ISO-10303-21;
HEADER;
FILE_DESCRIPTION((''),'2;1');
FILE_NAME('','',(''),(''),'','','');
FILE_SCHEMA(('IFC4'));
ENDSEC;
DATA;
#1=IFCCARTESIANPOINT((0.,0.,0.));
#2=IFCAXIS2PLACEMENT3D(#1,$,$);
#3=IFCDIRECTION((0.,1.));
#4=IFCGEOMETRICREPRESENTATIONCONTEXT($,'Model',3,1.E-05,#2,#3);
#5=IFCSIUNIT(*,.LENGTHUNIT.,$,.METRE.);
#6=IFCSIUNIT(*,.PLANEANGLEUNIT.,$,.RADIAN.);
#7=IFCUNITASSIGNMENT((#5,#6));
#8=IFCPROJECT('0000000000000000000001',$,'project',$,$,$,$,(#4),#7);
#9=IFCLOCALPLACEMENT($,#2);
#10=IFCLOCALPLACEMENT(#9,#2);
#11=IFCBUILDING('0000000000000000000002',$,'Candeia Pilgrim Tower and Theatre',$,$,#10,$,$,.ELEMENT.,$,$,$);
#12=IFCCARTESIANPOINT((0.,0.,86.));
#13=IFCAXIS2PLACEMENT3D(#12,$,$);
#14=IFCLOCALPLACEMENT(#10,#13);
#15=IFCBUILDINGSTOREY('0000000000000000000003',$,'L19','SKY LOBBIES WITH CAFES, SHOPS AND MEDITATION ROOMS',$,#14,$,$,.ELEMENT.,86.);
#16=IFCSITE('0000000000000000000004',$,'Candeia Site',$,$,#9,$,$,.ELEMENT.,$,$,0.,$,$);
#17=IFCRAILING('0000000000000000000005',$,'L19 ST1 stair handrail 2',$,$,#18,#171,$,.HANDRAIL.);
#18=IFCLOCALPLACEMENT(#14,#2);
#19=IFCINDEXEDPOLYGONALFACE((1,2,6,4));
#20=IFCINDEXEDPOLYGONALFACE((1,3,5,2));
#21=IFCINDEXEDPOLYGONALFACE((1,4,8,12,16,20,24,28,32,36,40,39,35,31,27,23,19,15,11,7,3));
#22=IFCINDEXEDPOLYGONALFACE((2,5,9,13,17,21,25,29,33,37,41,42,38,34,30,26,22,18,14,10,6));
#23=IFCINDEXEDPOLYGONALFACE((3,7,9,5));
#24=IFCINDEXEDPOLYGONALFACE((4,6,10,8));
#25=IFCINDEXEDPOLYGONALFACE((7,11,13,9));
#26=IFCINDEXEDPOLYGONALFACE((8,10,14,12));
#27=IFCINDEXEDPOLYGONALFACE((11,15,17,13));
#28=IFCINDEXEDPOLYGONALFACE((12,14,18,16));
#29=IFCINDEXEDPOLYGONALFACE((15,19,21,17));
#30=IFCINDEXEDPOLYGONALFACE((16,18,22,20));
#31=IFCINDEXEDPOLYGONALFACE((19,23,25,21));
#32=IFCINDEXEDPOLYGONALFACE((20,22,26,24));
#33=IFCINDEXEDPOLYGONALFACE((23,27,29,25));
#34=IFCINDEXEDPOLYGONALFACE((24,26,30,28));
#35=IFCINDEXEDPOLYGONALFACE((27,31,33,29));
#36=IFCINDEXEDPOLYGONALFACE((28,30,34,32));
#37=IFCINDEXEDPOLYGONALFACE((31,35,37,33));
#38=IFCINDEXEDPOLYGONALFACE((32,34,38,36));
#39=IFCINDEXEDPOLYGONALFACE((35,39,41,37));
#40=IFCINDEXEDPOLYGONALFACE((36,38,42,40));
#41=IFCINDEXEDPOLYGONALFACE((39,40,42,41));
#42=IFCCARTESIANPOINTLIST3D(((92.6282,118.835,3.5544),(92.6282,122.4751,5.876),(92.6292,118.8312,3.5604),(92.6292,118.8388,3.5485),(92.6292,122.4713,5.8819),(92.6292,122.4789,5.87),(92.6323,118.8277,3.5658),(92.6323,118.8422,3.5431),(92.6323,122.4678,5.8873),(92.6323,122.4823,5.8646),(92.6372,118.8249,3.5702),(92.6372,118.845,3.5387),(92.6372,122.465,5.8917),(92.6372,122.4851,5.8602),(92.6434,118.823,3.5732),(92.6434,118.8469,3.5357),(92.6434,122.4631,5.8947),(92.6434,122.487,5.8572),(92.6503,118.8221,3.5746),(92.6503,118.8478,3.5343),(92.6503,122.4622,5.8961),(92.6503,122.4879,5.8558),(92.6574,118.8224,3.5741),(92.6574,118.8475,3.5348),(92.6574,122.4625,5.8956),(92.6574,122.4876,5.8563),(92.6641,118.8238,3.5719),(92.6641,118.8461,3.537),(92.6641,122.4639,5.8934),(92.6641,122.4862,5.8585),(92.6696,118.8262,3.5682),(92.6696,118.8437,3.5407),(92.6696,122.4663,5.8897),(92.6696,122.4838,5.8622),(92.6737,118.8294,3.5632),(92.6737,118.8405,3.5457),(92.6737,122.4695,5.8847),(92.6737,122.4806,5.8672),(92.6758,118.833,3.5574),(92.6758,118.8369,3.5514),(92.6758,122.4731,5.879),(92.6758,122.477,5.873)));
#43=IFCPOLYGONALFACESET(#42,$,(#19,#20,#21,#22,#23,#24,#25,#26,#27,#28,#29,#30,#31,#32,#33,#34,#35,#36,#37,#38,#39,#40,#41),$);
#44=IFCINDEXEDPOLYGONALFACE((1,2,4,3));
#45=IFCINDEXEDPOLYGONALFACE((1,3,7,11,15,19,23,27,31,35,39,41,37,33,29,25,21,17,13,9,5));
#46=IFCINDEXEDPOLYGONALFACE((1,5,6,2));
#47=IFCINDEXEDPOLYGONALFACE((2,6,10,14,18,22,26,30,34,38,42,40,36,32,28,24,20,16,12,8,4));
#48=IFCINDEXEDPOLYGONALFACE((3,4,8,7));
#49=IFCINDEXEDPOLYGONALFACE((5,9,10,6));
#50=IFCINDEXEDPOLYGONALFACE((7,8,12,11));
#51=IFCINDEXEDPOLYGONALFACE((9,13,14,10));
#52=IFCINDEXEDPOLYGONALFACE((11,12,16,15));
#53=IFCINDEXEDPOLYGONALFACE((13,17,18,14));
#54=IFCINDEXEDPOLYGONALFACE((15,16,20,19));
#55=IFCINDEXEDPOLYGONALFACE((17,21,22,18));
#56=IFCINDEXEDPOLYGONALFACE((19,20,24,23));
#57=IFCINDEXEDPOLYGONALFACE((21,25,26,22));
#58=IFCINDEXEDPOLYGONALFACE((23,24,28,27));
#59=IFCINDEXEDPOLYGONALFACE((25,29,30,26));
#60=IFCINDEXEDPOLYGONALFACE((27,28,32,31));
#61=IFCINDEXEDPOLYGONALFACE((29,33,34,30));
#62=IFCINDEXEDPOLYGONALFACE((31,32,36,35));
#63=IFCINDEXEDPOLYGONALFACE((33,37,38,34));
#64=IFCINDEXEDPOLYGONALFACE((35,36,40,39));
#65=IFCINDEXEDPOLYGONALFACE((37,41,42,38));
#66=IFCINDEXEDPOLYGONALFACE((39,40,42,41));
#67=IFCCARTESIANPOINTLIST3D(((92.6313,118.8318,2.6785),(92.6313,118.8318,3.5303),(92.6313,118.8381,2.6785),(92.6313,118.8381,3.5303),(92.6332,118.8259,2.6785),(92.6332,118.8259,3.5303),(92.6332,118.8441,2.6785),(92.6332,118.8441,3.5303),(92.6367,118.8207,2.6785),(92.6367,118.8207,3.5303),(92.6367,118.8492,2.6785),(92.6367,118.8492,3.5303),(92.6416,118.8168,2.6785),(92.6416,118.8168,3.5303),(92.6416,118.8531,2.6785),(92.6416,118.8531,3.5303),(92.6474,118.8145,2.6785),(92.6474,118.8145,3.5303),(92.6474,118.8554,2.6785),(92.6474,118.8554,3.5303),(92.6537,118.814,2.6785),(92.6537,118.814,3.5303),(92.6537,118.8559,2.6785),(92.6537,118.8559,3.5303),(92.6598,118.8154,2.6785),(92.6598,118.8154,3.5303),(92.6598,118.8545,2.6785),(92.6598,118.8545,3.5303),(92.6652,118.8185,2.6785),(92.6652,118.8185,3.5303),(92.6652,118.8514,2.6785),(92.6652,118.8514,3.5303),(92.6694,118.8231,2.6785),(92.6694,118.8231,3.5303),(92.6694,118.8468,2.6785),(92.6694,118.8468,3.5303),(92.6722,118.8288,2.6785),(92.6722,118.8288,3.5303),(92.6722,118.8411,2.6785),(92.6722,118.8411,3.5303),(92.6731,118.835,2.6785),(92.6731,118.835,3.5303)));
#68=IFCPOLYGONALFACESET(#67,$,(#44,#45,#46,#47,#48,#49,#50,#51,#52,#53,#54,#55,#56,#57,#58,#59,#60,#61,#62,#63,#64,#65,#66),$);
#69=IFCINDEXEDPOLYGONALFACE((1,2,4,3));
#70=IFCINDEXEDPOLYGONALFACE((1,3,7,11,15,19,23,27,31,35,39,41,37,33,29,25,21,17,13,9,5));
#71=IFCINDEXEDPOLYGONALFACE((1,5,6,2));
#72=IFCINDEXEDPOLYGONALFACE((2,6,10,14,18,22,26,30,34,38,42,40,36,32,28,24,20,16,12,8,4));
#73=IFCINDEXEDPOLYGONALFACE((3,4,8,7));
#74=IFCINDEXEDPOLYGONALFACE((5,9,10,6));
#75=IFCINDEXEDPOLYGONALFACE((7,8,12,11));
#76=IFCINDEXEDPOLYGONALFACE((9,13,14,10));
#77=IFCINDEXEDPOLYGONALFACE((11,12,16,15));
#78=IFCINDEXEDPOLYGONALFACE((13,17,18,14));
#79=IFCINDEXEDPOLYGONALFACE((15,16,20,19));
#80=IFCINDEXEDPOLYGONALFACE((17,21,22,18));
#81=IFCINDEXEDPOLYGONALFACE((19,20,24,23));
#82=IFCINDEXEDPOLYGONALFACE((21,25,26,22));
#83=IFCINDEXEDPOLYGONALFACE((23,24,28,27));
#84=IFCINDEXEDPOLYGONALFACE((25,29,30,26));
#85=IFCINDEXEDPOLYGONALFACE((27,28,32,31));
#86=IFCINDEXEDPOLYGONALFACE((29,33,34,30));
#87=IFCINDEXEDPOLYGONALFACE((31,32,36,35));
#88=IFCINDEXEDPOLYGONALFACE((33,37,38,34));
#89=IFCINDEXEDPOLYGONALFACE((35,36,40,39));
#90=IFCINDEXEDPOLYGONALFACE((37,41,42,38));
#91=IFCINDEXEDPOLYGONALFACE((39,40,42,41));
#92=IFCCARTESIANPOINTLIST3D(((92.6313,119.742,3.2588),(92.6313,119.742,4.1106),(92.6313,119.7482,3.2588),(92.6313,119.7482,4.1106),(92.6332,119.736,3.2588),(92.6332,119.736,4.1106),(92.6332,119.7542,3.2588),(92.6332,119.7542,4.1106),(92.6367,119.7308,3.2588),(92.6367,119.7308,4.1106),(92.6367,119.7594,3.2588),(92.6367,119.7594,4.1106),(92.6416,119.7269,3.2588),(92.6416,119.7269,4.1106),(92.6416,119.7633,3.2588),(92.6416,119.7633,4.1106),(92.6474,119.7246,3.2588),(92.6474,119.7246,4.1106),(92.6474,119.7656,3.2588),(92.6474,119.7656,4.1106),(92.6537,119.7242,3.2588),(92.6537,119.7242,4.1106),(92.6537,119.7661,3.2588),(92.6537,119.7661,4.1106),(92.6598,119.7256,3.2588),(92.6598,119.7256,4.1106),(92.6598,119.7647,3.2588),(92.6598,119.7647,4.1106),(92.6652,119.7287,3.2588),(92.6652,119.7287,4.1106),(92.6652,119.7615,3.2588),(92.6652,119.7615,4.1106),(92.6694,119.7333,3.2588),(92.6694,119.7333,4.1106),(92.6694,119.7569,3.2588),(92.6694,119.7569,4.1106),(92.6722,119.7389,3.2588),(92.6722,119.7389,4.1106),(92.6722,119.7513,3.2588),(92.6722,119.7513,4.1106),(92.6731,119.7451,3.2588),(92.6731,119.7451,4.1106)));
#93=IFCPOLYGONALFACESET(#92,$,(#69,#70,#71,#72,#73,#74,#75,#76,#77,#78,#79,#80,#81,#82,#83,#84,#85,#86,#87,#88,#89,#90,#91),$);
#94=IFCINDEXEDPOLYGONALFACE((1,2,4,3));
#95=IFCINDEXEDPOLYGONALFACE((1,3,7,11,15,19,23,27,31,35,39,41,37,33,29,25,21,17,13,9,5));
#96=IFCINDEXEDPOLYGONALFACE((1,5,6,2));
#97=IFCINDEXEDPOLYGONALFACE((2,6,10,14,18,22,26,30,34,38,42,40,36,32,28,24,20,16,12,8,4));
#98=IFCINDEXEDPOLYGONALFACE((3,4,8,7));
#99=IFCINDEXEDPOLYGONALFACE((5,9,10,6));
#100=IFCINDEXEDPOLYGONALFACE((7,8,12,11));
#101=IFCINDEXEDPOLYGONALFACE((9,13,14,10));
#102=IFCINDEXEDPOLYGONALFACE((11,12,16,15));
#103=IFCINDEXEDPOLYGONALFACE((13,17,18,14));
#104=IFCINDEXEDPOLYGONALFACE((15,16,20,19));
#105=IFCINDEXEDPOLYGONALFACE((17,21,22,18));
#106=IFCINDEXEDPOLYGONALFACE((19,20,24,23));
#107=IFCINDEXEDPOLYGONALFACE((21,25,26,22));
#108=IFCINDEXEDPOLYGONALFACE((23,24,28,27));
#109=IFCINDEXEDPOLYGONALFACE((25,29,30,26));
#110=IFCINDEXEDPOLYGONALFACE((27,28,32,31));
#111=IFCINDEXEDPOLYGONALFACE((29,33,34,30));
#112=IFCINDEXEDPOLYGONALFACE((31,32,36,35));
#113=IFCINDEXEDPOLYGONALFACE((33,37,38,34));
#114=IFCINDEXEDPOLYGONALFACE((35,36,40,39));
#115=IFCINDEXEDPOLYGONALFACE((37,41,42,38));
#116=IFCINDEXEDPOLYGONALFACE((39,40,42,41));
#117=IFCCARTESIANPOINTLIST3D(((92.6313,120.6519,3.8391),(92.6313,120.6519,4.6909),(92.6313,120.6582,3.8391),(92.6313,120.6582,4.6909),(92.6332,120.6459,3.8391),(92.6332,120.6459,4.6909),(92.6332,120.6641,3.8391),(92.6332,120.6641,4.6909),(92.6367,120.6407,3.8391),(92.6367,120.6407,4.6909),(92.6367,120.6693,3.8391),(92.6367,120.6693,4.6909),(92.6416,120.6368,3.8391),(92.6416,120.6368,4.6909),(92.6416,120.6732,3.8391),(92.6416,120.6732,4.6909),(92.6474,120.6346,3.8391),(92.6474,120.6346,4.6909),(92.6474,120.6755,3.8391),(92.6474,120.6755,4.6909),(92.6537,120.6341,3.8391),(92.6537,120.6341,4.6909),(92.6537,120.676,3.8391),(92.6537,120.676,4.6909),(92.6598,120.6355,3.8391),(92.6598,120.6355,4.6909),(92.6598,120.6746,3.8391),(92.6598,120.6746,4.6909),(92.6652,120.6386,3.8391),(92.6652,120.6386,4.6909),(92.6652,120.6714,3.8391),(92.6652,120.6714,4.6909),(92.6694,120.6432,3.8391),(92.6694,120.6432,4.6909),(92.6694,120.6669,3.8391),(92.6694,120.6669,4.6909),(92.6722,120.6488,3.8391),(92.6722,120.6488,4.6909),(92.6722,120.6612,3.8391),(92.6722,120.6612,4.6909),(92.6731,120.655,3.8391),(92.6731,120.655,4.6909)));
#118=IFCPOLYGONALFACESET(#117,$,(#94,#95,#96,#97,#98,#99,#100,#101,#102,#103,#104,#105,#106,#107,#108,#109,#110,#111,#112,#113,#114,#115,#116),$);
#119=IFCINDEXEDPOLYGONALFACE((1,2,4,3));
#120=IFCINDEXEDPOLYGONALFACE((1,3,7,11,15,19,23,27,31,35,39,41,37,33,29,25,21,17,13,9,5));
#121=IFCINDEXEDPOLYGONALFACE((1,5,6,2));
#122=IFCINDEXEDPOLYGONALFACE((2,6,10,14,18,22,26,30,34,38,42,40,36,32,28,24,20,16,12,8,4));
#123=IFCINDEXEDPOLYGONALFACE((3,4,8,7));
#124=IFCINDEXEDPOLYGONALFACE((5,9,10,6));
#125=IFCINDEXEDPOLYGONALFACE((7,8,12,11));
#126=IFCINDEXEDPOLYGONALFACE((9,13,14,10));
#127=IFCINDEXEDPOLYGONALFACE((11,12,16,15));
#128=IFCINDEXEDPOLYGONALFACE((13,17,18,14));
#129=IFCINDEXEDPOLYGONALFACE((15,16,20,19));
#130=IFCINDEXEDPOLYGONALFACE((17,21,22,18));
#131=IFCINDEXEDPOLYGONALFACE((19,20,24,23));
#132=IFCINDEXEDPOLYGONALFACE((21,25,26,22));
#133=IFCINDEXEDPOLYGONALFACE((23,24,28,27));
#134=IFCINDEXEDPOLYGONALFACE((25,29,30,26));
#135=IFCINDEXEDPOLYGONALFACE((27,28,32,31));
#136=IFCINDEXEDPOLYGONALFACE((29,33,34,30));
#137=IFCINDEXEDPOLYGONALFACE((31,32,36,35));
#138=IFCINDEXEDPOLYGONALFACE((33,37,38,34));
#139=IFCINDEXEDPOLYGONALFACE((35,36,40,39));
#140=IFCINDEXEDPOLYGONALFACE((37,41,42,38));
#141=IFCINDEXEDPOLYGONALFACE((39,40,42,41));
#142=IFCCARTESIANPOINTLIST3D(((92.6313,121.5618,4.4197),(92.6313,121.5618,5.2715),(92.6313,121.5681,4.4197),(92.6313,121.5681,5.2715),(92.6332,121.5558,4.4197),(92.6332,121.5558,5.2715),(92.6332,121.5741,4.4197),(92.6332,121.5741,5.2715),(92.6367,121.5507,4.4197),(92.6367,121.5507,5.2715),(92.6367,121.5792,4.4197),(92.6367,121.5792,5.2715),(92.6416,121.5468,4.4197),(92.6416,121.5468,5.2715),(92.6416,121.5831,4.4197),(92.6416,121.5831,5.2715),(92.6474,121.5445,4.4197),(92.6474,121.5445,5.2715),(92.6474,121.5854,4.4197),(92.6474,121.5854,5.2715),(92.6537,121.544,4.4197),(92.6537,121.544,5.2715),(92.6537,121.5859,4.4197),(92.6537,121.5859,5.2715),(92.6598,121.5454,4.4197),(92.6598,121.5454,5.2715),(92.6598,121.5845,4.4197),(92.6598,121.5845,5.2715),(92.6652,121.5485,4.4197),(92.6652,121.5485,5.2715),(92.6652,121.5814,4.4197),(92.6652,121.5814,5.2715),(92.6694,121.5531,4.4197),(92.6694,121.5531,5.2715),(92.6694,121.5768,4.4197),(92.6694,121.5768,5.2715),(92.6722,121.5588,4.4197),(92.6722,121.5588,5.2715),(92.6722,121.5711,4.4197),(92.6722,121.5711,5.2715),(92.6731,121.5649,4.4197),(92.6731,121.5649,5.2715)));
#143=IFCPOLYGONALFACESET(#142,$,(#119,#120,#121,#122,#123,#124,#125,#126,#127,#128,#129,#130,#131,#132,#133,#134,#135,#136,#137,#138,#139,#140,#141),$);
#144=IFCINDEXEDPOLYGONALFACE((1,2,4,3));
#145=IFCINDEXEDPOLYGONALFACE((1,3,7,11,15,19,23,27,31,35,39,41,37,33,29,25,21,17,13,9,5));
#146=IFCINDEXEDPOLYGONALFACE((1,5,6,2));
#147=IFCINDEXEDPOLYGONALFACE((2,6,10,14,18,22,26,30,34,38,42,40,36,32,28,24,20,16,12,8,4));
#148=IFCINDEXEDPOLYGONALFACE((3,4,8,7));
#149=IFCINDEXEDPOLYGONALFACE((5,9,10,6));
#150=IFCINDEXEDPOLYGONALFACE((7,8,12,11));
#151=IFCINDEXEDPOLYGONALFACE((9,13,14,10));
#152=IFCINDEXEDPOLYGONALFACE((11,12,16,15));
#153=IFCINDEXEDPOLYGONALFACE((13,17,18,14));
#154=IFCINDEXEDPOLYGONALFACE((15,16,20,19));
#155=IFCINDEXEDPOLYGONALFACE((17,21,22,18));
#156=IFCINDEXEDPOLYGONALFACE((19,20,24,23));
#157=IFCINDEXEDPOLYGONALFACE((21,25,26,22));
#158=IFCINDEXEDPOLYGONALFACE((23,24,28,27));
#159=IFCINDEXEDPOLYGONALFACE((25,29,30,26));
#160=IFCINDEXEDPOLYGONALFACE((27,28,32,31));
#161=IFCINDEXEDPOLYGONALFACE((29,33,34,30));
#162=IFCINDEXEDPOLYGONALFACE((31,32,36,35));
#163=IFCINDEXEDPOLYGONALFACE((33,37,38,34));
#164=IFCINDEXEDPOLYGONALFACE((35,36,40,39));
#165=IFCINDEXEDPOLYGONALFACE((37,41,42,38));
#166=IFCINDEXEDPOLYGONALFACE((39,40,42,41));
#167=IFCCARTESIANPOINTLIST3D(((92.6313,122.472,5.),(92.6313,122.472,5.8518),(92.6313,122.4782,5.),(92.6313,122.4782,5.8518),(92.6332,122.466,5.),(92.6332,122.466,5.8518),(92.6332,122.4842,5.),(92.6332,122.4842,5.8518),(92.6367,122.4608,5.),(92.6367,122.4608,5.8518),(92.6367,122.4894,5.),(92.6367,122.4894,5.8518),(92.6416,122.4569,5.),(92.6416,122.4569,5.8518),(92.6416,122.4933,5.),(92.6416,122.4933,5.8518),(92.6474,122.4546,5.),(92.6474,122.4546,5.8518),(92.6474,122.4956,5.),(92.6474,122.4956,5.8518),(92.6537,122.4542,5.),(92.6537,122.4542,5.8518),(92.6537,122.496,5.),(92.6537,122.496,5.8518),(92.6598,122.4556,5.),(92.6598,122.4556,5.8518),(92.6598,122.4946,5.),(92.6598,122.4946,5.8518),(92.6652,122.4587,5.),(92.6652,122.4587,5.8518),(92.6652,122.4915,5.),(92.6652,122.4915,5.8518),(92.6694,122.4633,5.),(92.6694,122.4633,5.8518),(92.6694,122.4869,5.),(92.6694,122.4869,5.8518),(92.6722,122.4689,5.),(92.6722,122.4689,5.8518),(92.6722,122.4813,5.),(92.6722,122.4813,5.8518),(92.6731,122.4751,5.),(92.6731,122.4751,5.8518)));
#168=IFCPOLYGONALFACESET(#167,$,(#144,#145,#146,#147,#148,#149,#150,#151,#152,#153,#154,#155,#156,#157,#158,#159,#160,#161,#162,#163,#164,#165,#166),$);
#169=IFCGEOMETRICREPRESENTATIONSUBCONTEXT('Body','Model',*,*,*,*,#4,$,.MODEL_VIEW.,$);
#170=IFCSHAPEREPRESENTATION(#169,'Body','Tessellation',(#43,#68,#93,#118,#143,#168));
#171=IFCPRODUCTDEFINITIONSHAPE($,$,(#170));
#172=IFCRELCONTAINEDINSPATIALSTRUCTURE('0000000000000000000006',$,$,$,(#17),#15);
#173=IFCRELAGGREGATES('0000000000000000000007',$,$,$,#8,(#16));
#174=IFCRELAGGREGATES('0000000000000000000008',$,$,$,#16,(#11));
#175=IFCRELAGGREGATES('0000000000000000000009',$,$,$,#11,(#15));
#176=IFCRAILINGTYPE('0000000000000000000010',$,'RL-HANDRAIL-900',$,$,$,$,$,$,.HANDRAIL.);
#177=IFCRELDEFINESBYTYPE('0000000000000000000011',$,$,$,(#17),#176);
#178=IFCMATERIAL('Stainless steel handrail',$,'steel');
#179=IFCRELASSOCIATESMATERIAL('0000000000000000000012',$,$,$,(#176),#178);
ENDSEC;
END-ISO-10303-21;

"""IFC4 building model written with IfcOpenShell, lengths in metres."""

from ifc_helpers import new_model, si_unit, direction, frame, origin, origin_2d, place, context, subcontext, project, spatial, circle, extrude, material, type_object, element, save


model = new_model("IFC4")

# Units and contexts
model_context = context("Model", 3, precision=1e-05, world=origin(), true_north=direction((0.0, 1.0)))
body_context = subcontext(model_context, "Body", "Model", "MODEL_VIEW")
ifc_project = project(units=[si_unit("LENGTHUNIT", "METRE"), si_unit("PLANEANGLEUNIT", "RADIAN")], contexts=[model_context])

# Site, building, storey
site_placement = place(None, origin())
site = spatial("IfcSite", under=ifc_project, at=site_placement, Name="Candeia Site", CompositionType="ELEMENT", RefElevation=0.0)
building_placement = place(site_placement, origin())
building = spatial("IfcBuilding", under=site, at=building_placement, Name="Candeia Pilgrim Tower and Theatre", CompositionType="ELEMENT")
storey_placement = place(building_placement, frame((0.0, 0.0, 86.0)))
storey = spatial("IfcBuildingStorey", under=building, at=storey_placement, Name="L19", Description="SKY LOBBIES WITH CAFES, SHOPS AND MEDITATION ROOMS", CompositionType="ELEMENT", Elevation=86.0)

# Railing
ifc_material_1 = material(Name="Stainless steel handrail", Category="steel")
railing_type = type_object("IfcRailingType", Name="RL-HANDRAIL-900", PredefinedType="HANDRAIL", material=ifc_material_1)
for number, where, name in (
    (1, (92.6521, 118.835, 2.6785), "L19 ST1 stair handrail 2"),
):
    element("IfcRailing", number, at=place(storey_placement, frame(where)), inside=storey, type_object=railing_type, Name=name, PredefinedType="HANDRAIL", context=body_context, shape_type="SweptSolid", body=[
        extrude(circle(Radius=0.0239, at=origin_2d()), frame((0.0, 0.0, 0.876), z_axis=(0.0, 0.843128, 0.537713), x_axis=(-1.0, 0.0, 0.0)), (0.0, 0.0, 1.0), 4.3174),
        extrude(circle(Radius=0.021, at=origin_2d()), origin(), (0.0, 0.0, 1.0), 0.8518),
        extrude(circle(Radius=0.021, at=origin_2d()), frame((0.0, 0.9102, 0.5803)), (0.0, 0.0, 1.0), 0.8518),
        extrude(circle(Radius=0.021, at=origin_2d()), frame((0.0, 1.8201, 1.1606)), (0.0, 0.0, 1.0), 0.8518),
        extrude(circle(Radius=0.021, at=origin_2d()), frame((0.0, 2.73, 1.7412)), (0.0, 0.0, 1.0), 0.8518),
        extrude(circle(Radius=0.021, at=origin_2d()), frame((0.0, 3.6401, 2.3215)), (0.0, 0.0, 1.0), 0.8518),
    ])

save(model, "model.ifc")
